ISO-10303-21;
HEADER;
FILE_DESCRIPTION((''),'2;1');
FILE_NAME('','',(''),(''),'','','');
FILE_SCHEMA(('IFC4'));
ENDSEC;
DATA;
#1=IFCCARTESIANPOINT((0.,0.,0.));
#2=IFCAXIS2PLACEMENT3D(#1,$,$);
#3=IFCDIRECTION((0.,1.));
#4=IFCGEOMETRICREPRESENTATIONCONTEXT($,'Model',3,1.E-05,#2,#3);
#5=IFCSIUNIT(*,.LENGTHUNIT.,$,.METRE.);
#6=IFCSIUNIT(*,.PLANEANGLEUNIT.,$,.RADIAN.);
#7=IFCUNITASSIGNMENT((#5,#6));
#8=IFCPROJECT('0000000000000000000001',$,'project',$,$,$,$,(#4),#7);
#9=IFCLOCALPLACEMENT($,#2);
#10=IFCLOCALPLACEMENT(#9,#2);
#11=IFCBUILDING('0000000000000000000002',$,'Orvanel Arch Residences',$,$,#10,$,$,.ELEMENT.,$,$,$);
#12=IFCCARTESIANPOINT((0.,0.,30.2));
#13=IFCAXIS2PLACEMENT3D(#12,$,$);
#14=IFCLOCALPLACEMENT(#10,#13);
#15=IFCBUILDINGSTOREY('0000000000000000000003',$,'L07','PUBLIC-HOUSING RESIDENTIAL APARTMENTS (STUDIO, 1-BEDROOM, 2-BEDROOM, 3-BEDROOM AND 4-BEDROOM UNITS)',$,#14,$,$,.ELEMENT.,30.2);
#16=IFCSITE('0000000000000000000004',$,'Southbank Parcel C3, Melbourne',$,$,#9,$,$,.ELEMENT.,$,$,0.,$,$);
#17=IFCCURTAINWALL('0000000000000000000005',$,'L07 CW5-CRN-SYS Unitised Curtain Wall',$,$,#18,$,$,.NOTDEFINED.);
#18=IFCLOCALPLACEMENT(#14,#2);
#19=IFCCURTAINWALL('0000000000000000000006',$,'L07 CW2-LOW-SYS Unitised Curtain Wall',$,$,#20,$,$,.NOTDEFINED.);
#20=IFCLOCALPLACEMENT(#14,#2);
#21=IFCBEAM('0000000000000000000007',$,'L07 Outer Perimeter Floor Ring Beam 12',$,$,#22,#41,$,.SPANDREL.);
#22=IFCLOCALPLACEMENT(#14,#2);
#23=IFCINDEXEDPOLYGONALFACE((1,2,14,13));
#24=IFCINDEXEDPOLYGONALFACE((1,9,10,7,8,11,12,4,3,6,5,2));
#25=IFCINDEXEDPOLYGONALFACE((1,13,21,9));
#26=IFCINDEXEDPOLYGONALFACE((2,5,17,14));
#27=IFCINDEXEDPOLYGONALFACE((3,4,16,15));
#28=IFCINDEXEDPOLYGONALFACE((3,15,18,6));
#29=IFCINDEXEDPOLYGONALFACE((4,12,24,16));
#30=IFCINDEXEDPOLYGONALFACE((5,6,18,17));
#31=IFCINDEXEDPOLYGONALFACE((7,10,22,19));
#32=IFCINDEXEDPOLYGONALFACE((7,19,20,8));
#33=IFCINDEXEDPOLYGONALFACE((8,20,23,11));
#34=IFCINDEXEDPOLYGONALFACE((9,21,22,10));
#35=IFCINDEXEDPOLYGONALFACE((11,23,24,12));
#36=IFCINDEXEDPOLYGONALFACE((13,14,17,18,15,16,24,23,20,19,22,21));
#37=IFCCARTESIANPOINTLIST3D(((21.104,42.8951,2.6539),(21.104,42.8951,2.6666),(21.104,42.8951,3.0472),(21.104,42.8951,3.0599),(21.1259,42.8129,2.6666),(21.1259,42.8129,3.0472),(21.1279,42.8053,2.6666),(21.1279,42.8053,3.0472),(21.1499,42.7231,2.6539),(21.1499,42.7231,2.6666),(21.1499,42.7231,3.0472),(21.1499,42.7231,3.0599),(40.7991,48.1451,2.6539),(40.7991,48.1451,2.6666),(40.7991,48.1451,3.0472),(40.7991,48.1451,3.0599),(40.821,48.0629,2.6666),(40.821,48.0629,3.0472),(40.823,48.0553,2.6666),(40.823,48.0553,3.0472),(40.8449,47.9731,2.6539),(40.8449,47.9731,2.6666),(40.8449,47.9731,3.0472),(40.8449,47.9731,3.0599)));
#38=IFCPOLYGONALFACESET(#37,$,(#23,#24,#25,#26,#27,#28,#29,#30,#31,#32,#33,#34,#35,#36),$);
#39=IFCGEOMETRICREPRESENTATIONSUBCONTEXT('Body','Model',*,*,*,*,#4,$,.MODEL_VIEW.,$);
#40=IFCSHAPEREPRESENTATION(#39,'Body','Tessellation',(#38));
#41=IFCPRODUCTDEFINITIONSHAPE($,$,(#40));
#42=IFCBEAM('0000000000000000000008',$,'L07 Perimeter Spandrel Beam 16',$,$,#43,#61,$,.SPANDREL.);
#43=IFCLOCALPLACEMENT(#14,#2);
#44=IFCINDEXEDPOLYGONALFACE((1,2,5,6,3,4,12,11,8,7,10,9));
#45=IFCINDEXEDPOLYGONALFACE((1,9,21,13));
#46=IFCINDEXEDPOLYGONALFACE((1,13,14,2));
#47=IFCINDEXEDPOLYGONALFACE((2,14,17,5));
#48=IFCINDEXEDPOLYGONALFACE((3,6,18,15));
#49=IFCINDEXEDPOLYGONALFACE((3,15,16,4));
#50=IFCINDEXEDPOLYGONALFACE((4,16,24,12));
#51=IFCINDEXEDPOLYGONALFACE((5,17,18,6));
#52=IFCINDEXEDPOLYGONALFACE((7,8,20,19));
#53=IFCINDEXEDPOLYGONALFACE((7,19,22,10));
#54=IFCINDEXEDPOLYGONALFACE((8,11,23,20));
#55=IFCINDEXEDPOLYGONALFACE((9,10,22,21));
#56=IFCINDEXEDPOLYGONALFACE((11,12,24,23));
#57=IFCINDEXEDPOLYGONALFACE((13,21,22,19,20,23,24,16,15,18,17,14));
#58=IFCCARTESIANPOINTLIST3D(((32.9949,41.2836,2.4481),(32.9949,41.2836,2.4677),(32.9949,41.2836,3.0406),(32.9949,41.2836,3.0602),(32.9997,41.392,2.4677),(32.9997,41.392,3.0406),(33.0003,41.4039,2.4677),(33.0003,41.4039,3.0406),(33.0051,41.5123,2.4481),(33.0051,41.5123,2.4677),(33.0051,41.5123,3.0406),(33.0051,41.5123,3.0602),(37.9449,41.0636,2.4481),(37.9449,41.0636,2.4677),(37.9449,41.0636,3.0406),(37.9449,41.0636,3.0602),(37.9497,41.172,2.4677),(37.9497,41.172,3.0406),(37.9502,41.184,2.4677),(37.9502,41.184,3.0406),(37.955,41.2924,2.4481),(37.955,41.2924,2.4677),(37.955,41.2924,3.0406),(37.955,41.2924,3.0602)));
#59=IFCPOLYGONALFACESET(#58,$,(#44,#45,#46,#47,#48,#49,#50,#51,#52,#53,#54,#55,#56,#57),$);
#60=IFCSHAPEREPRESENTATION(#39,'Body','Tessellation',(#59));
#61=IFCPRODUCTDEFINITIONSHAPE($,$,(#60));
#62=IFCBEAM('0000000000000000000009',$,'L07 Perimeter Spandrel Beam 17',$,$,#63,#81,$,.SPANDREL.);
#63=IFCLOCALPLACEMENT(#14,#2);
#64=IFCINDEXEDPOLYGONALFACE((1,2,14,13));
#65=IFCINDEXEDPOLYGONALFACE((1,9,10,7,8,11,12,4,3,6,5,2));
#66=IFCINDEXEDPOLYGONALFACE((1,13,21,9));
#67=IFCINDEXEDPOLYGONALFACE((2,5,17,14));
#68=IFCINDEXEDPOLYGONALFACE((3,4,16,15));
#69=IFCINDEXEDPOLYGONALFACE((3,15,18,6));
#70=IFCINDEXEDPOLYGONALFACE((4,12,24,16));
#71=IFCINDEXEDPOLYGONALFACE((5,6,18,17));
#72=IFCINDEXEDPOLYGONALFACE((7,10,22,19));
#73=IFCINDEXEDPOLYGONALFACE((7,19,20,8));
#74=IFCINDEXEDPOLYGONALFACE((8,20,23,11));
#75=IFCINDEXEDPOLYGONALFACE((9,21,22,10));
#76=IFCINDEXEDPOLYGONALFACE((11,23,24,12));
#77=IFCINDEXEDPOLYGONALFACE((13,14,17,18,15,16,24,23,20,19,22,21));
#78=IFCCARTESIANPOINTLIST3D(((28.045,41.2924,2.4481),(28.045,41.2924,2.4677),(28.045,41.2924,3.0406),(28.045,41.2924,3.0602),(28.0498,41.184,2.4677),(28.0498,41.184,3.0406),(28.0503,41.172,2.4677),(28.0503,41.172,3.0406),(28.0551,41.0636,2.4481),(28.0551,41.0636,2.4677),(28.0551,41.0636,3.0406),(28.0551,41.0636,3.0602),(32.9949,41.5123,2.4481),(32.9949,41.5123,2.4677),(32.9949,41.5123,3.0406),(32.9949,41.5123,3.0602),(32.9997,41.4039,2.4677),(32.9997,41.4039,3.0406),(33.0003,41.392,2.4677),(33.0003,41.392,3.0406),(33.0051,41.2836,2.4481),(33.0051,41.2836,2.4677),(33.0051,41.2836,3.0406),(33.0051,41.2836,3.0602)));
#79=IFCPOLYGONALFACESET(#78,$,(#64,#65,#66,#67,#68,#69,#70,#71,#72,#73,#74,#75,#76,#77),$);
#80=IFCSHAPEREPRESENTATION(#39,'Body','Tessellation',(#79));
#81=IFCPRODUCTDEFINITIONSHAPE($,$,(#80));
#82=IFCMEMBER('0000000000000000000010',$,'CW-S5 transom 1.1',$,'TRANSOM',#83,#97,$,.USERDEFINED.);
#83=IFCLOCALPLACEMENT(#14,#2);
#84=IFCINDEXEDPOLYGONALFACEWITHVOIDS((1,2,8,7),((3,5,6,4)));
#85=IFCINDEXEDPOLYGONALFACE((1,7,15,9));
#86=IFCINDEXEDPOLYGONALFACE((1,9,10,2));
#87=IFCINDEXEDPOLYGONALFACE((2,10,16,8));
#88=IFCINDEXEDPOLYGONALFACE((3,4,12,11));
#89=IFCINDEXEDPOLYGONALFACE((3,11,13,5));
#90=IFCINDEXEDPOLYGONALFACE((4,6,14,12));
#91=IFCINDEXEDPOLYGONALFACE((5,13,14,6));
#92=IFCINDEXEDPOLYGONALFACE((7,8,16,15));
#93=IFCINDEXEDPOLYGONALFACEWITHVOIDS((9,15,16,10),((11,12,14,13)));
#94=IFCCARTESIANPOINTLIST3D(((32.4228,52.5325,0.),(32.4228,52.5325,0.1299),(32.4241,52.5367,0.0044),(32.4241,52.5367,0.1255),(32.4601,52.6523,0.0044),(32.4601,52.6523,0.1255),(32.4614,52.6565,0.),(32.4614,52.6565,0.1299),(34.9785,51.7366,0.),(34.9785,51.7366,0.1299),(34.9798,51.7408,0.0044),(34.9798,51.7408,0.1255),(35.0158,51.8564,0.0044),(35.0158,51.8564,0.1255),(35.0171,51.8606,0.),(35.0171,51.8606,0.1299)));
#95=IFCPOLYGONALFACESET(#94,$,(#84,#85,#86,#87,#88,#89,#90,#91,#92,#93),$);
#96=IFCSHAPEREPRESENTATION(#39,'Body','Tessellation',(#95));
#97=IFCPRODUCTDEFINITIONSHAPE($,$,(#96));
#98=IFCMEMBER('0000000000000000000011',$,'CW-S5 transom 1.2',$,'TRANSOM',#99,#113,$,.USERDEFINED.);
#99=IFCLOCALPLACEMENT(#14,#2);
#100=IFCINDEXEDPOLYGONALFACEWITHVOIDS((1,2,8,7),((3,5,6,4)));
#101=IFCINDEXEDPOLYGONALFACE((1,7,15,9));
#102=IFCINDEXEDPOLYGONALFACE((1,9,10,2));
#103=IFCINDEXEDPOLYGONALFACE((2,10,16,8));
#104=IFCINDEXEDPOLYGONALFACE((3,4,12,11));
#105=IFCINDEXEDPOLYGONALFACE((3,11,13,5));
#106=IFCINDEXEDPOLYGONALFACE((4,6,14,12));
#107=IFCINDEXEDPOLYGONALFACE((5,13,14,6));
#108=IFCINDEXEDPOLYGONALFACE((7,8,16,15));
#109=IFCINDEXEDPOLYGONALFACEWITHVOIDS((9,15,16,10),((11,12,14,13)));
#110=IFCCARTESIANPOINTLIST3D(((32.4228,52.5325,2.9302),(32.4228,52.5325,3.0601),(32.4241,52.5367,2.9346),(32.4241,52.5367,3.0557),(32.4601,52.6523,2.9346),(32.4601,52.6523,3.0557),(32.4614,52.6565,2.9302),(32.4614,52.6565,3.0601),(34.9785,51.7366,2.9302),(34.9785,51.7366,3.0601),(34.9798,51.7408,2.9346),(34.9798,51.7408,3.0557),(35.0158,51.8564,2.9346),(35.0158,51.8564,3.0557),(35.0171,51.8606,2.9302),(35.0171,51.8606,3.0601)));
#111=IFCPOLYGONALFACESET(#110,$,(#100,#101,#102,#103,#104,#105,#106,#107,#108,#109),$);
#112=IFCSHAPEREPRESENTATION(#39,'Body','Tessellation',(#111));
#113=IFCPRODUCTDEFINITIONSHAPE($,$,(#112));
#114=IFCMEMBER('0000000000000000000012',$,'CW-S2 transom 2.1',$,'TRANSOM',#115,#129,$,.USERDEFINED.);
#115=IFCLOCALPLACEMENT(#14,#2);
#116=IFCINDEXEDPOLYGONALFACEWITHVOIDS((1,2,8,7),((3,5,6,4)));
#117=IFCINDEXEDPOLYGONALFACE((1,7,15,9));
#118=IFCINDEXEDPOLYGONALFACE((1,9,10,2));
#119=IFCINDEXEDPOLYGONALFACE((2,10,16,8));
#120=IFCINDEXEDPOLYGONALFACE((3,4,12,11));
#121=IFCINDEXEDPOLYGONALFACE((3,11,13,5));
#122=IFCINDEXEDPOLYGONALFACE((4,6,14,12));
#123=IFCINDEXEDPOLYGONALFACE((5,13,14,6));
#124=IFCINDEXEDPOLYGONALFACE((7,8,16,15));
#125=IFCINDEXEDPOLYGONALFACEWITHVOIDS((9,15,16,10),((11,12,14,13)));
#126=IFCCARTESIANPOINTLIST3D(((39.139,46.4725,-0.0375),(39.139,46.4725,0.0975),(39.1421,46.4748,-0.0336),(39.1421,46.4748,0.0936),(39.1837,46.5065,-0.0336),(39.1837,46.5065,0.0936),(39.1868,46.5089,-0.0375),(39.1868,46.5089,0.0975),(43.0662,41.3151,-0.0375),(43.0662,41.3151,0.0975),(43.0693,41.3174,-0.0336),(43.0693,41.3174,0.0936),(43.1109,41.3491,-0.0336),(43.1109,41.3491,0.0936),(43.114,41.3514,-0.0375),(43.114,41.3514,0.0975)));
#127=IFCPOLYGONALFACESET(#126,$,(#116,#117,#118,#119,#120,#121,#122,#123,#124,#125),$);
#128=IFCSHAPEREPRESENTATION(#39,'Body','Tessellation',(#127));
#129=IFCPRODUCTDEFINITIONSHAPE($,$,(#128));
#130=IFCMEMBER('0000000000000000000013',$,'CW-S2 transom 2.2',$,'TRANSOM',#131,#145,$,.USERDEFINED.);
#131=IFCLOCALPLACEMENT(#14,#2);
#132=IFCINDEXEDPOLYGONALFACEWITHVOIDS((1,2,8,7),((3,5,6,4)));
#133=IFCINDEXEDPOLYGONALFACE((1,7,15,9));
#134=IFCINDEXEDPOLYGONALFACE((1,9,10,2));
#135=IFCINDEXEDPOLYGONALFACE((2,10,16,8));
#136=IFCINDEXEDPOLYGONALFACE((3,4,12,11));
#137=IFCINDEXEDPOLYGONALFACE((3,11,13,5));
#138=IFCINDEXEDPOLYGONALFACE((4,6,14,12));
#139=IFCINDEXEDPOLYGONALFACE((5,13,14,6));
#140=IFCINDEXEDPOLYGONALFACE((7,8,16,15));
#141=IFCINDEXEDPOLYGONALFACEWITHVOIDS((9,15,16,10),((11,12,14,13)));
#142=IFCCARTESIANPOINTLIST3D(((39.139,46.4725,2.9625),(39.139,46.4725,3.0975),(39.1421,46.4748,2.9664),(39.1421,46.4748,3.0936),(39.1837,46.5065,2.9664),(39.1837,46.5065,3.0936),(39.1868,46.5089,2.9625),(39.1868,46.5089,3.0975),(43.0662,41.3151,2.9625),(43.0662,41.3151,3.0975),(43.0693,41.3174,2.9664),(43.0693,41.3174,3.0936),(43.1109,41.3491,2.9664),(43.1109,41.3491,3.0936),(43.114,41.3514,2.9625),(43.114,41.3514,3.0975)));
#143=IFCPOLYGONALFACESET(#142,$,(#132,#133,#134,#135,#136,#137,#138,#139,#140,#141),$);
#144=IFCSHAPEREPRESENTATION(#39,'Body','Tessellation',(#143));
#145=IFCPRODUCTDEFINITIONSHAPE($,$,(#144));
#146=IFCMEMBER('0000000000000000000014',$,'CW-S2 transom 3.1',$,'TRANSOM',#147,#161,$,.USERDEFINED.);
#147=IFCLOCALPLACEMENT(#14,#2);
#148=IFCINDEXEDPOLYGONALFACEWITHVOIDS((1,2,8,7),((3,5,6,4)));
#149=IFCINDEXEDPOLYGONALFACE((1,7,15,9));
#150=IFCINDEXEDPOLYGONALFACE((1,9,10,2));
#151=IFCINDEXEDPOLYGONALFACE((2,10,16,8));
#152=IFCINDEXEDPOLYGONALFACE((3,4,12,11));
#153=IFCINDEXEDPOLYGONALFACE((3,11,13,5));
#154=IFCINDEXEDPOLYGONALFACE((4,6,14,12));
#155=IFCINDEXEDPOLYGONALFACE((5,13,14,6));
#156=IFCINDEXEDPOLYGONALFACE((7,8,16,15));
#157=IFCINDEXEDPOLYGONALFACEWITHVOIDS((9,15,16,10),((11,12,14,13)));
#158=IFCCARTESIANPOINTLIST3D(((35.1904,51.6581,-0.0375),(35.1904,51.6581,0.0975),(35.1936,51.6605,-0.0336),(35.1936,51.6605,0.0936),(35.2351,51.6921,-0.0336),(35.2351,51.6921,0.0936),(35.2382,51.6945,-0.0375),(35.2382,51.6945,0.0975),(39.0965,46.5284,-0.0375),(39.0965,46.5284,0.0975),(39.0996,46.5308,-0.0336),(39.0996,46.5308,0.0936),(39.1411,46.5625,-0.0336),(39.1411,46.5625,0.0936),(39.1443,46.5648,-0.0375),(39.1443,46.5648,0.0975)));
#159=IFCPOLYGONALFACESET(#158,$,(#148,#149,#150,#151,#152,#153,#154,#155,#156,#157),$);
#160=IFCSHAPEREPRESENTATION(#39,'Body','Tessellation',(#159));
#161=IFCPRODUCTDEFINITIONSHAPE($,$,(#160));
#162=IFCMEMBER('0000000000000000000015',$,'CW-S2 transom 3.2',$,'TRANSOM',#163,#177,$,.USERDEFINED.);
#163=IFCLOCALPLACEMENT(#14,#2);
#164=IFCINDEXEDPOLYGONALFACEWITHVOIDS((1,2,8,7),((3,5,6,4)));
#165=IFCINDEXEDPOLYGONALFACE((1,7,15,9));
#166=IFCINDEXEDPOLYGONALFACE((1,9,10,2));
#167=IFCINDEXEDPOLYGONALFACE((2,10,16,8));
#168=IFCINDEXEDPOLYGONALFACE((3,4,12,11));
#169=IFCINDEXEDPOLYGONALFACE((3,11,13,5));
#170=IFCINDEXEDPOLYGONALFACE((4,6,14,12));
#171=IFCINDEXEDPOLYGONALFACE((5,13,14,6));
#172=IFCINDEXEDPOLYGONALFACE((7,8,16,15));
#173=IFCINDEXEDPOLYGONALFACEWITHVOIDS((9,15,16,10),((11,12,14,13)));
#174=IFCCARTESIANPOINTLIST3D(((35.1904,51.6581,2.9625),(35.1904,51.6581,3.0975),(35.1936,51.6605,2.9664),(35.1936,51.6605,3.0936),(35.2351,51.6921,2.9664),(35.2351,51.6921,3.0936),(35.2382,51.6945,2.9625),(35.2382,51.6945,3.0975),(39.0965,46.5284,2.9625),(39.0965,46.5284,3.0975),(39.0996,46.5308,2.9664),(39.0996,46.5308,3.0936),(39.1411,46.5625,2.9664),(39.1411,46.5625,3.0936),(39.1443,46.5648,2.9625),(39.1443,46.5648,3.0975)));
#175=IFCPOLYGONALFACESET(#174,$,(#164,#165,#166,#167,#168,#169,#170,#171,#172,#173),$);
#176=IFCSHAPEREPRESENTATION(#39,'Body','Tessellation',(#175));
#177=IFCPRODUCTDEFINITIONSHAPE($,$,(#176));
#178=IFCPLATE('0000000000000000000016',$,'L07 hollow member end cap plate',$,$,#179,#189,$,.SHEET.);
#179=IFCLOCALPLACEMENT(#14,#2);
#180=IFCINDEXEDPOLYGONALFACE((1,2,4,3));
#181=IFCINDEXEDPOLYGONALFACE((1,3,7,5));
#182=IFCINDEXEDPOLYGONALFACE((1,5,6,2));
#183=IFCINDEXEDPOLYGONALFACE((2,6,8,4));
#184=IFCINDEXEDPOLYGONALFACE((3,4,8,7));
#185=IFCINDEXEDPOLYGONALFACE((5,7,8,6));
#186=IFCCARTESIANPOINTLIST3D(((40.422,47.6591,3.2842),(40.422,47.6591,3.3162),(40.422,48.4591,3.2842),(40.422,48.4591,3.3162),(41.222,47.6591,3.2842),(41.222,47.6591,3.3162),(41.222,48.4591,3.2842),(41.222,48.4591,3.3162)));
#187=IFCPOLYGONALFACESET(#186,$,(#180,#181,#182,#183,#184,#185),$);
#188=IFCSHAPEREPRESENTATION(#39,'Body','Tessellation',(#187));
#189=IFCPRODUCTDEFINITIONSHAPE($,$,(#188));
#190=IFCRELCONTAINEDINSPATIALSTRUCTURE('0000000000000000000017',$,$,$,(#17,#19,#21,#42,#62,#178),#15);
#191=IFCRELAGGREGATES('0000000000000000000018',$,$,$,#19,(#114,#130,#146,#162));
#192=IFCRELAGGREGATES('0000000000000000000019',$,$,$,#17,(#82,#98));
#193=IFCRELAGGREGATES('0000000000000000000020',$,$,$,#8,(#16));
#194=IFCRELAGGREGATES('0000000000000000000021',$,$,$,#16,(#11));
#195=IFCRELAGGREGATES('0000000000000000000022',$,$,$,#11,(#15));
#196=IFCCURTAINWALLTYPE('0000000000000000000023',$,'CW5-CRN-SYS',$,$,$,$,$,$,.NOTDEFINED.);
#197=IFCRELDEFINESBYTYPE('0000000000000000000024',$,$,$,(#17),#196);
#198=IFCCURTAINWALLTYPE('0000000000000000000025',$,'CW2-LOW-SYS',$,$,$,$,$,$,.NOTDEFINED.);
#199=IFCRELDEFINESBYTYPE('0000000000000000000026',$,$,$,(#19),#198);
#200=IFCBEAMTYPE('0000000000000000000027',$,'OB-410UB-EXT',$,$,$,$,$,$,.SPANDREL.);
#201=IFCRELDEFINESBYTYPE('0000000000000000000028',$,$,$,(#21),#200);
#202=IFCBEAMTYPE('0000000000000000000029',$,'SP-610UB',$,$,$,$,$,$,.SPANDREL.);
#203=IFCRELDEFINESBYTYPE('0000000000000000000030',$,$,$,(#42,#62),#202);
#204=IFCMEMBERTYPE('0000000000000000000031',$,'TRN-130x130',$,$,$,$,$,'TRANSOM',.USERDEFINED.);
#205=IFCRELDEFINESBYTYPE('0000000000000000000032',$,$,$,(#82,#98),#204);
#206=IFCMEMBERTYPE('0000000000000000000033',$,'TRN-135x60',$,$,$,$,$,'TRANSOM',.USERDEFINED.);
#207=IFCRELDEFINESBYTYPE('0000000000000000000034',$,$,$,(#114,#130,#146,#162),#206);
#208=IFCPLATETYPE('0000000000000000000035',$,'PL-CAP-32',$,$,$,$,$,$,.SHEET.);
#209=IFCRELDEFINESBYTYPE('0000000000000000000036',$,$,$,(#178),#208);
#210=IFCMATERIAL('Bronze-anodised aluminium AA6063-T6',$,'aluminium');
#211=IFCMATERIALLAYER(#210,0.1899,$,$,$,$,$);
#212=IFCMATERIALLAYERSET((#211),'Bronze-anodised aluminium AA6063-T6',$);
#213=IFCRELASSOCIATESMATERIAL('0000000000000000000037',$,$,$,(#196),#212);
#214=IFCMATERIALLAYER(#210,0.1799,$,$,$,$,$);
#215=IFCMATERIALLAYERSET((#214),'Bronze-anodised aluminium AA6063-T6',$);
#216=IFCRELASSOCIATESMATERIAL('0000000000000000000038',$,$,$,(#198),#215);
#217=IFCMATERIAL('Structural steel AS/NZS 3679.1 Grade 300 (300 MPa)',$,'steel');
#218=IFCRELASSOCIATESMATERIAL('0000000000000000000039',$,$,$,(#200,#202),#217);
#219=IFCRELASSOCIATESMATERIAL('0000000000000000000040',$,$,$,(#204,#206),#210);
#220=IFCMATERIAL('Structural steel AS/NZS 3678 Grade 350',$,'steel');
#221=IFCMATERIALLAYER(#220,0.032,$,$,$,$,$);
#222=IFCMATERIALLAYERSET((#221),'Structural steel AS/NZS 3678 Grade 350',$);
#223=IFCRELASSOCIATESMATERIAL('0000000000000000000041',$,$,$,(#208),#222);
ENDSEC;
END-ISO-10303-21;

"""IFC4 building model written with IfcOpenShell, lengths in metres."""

from ifc_helpers import new_model, si_unit, direction, frame, origin, origin_2d, place, context, subcontext, project, spatial, rectangle, hollow_rectangle, i_section, extrude, material, layer, layer_set, material_profile, profile_set, type_object, element, aggregate, save


model = new_model("IFC4")

# Units and contexts
model_context = context("Model", 3, precision=1e-05, world=origin(), true_north=direction((0.0, 1.0)))
body_context = subcontext(model_context, "Body", "Model", "MODEL_VIEW")
ifc_project = project(units=[si_unit("LENGTHUNIT", "METRE"), si_unit("PLANEANGLEUNIT", "RADIAN")], contexts=[model_context])

# Site, building, storey
site_placement = place(None, origin())
site = spatial("IfcSite", under=ifc_project, at=site_placement, Name="Southbank Parcel C3, Melbourne", CompositionType="ELEMENT", RefElevation=0.0)
building_placement = place(site_placement, origin())
building = spatial("IfcBuilding", under=site, at=building_placement, Name="Orvanel Arch Residences", CompositionType="ELEMENT")
storey_placement = place(building_placement, frame((0.0, 0.0, 30.2)))
storey = spatial("IfcBuildingStorey", under=building, at=storey_placement, Name="L07", Description="PUBLIC-HOUSING RESIDENTIAL APARTMENTS (STUDIO, 1-BEDROOM, 2-BEDROOM, 3-BEDROOM AND 4-BEDROOM UNITS)", CompositionType="ELEMENT", Elevation=30.2)

# Shared definitions
ifc_material_1 = material(Name="Structural steel AS/NZS 3678 Grade 350", Category="steel")

# Shared definitions
ifc_material_2 = material(Name="Structural steel AS/NZS 3679.1 Grade 300 (300 MPa)", Category="steel")

# Curtain wall
ifc_material_3 = material(Name="Bronze-anodised aluminium AA6063-T6", Category="aluminium")
ifc_layer_1 = layer(ifc_material_3, 0.1899)
ifc_layer_set_1 = layer_set([ifc_layer_1], Name="Bronze-anodised aluminium AA6063-T6")
curtain_wall_type_1 = type_object("IfcCurtainWallType", Name="CW5-CRN-SYS", PredefinedType="NOTDEFINED", material=ifc_layer_set_1)
curtain_wall_1_placement = place(storey_placement, origin())
curtain_wall_1 = element("IfcCurtainWall", 1, at=curtain_wall_1_placement, inside=storey, type_object=curtain_wall_type_1, Name="L07 CW5-CRN-SYS Unitised Curtain Wall", PredefinedType="NOTDEFINED")

# Curtain wall
ifc_layer_2 = layer(ifc_material_3, 0.1799)
ifc_layer_set_2 = layer_set([ifc_layer_2], Name="Bronze-anodised aluminium AA6063-T6")
curtain_wall_type_2 = type_object("IfcCurtainWallType", Name="CW2-LOW-SYS", PredefinedType="NOTDEFINED", material=ifc_layer_set_2)
curtain_wall_2_placement = place(storey_placement, origin())
curtain_wall_2 = element("IfcCurtainWall", 2, at=curtain_wall_2_placement, inside=storey, type_object=curtain_wall_type_2, Name="L07 CW2-LOW-SYS Unitised Curtain Wall", PredefinedType="NOTDEFINED")

# Beams
ifc_material_profile_1 = material_profile(ifc_material_2, i_section(OverallWidth=0.178, OverallDepth=0.406, WebThickness=0.0078, FlangeThickness=0.0127, at=origin_2d()), Name="410UB59.7")
ifc_profile_set_1 = profile_set([ifc_material_profile_1], Name="Structural steel AS/NZS 3679.1 Grade 300 (300 MPa)")
beam_type_1 = type_object("IfcBeamType", Name="OB-410UB-EXT", PredefinedType="SPANDREL", material=ifc_profile_set_1)
beam_1_placement = place(storey_placement, frame((40.822, 48.0591, 2.8569), z_axis=(-0.96626, -0.25757, 0.0), x_axis=(0.25757, -0.96626, 0.0)))
element("IfcBeam", 3, at=beam_1_placement, inside=storey, type_object=beam_type_1, Name="L07 Outer Perimeter Floor Ring Beam 12", PredefinedType="SPANDREL", context=body_context, shape_type="SweptSolid", body=[
    extrude(i_section(OverallWidth=0.178, OverallDepth=0.406, WebThickness=0.0078, FlangeThickness=0.0127, at=origin_2d()), origin(), (0.0, 0.0, 1.0), 20.3828),
])
ifc_material_profile_2 = material_profile(ifc_material_2, i_section(OverallWidth=0.229, OverallDepth=0.6121, WebThickness=0.012, FlangeThickness=0.0195, at=origin_2d()), Name="610UB125")
ifc_profile_set_2 = profile_set([ifc_material_profile_2], Name="Structural steel AS/NZS 3679.1 Grade 300 (300 MPa)")
beam_type_2 = type_object("IfcBeamType", Name="SP-610UB", PredefinedType="SPANDREL", material=ifc_profile_set_2)
for number, where, z_axis, x_axis, name in (
    (4, (37.95, 41.178, 2.7542), (-0.999014, 0.044395, 0.0), (-0.044395, -0.999014, 0.0), "L07 Perimeter Spandrel Beam 16"),
    (5, (33.0, 41.3979, 2.7542), (-0.999014, -0.044395, 0.0), (0.044395, -0.999014, 0.0), "L07 Perimeter Spandrel Beam 17"),
):
    element("IfcBeam", number, at=place(storey_placement, frame(where, z_axis=z_axis, x_axis=x_axis)), inside=storey, type_object=beam_type_2, Name=name, PredefinedType="SPANDREL", context=body_context, shape_type="SweptSolid", body=[
        extrude(i_section(OverallWidth=0.229, OverallDepth=0.6121, WebThickness=0.012, FlangeThickness=0.0195, at=origin_2d()), origin(), (0.0, 0.0, 1.0), 4.9548),
    ])

# Members
ifc_material_profile_3 = material_profile(ifc_material_3, hollow_rectangle(XDim=0.1299, YDim=0.1299, WallThickness=0.0044, at=origin_2d()), Name="ALU130x130x4.5")
ifc_profile_set_3 = profile_set([ifc_material_profile_3], Name="Bronze-anodised aluminium AA6063-T6")
member_type_1 = type_object("IfcMemberType", Name="TRN-130x130", ElementType="TRANSOM", PredefinedType="USERDEFINED", material=ifc_profile_set_3)
member_1_placement = place(storey_placement, frame((34.9978, 51.7986, 0.0649), z_axis=(-0.954772, 0.29734, 0.0), x_axis=(-0.29734, -0.954772, 0.0)))
member_1 = element("IfcMember", 6, at=member_1_placement, type_object=member_type_1, Name="CW-S5 transom 1.1", ObjectType="TRANSOM", PredefinedType="USERDEFINED", context=body_context, shape_type="SweptSolid", body=[
    extrude(hollow_rectangle(XDim=0.1299, YDim=0.1299, WallThickness=0.0044, at=origin_2d()), origin(), (0.0, 0.0, 1.0), 2.6768),
])
member_2_placement = place(storey_placement, frame((34.9978, 51.7986, 2.9951), z_axis=(-0.954772, 0.29734, 0.0), x_axis=(-0.29734, -0.954772, 0.0)))
member_2 = element("IfcMember", 7, at=member_2_placement, type_object=member_type_1, Name="CW-S5 transom 1.2", ObjectType="TRANSOM", PredefinedType="USERDEFINED", context=body_context, shape_type="SweptSolid", body=[
    extrude(hollow_rectangle(XDim=0.1299, YDim=0.1299, WallThickness=0.0044, at=origin_2d()), origin(), (0.0, 0.0, 1.0), 2.6768),
])
ifc_material_profile_4 = material_profile(ifc_material_3, hollow_rectangle(XDim=0.0601, YDim=0.135, WallThickness=0.0039, at=origin_2d()), Name="ALU135x60x4")
ifc_profile_set_4 = profile_set([ifc_material_profile_4], Name="Bronze-anodised aluminium AA6063-T6")
member_type_2 = type_object("IfcMemberType", Name="TRN-135x60", ElementType="TRANSOM", PredefinedType="USERDEFINED", material=ifc_profile_set_4)
member_3_placement = place(storey_placement, frame((43.0901, 41.3333, 0.03), z_axis=(-0.605823, 0.795599, 0.0), x_axis=(-0.795599, -0.605823, 0.0)))
member_3 = element("IfcMember", 8, at=member_3_placement, type_object=member_type_2, Name="CW-S2 transom 2.1", ObjectType="TRANSOM", PredefinedType="USERDEFINED", context=body_context, shape_type="SweptSolid", body=[
    extrude(hollow_rectangle(XDim=0.0601, YDim=0.135, WallThickness=0.0039, at=origin_2d()), origin(), (0.0, 0.0, 1.0), 6.4824),
])
member_4_placement = place(storey_placement, frame((43.0901, 41.3333, 3.03), z_axis=(-0.605823, 0.795599, 0.0), x_axis=(-0.795599, -0.605823, 0.0)))
member_4 = element("IfcMember", 9, at=member_4_placement, type_object=member_type_2, Name="CW-S2 transom 2.2", ObjectType="TRANSOM", PredefinedType="USERDEFINED", context=body_context, shape_type="SweptSolid", body=[
    extrude(hollow_rectangle(XDim=0.0601, YDim=0.135, WallThickness=0.0039, at=origin_2d()), origin(), (0.0, 0.0, 1.0), 6.4824),
])
member_5_placement = place(storey_placement, frame((39.1204, 46.5466, 0.03), z_axis=(-0.605818, 0.795603, 0.0), x_axis=(-0.795603, -0.605818, 0.0)))
member_5 = element("IfcMember", 10, at=member_5_placement, type_object=member_type_2, Name="CW-S2 transom 3.1", ObjectType="TRANSOM", PredefinedType="USERDEFINED", context=body_context, shape_type="SweptSolid", body=[
    extrude(hollow_rectangle(XDim=0.0601, YDim=0.135, WallThickness=0.0039, at=origin_2d()), origin(), (0.0, 0.0, 1.0), 6.4475),
])
member_6_placement = place(storey_placement, frame((39.1204, 46.5466, 3.03), z_axis=(-0.605818, 0.795603, 0.0), x_axis=(-0.795603, -0.605818, 0.0)))
member_6 = element("IfcMember", 11, at=member_6_placement, type_object=member_type_2, Name="CW-S2 transom 3.2", ObjectType="TRANSOM", PredefinedType="USERDEFINED", context=body_context, shape_type="SweptSolid", body=[
    extrude(hollow_rectangle(XDim=0.0601, YDim=0.135, WallThickness=0.0039, at=origin_2d()), origin(), (0.0, 0.0, 1.0), 6.4475),
])

# Plate
ifc_layer_3 = layer(ifc_material_1, 0.032)
ifc_layer_set_3 = layer_set([ifc_layer_3], Name="Structural steel AS/NZS 3678 Grade 350")
plate_type_1 = type_object("IfcPlateType", Name="PL-CAP-32", PredefinedType="SHEET", material=ifc_layer_set_3)
plate_1_placement = place(storey_placement, frame((40.822, 48.0591, 3.2842), z_axis=(0.0, 0.0, 1.0), x_axis=(1.0, 0.0, 0.0)))
element("IfcPlate", 12, at=plate_1_placement, inside=storey, type_object=plate_type_1, Name="L07 hollow member end cap plate", PredefinedType="SHEET", context=body_context, shape_type="SweptSolid", body=[
    extrude(rectangle(XDim=0.8, YDim=0.8, at=origin_2d()), origin(), (0.0, 0.0, 1.0), 0.032),
])
aggregate(curtain_wall_2, [member_3, member_4, member_5, member_6])
aggregate(curtain_wall_1, [member_1, member_2])

save(model, "model.ifc")
